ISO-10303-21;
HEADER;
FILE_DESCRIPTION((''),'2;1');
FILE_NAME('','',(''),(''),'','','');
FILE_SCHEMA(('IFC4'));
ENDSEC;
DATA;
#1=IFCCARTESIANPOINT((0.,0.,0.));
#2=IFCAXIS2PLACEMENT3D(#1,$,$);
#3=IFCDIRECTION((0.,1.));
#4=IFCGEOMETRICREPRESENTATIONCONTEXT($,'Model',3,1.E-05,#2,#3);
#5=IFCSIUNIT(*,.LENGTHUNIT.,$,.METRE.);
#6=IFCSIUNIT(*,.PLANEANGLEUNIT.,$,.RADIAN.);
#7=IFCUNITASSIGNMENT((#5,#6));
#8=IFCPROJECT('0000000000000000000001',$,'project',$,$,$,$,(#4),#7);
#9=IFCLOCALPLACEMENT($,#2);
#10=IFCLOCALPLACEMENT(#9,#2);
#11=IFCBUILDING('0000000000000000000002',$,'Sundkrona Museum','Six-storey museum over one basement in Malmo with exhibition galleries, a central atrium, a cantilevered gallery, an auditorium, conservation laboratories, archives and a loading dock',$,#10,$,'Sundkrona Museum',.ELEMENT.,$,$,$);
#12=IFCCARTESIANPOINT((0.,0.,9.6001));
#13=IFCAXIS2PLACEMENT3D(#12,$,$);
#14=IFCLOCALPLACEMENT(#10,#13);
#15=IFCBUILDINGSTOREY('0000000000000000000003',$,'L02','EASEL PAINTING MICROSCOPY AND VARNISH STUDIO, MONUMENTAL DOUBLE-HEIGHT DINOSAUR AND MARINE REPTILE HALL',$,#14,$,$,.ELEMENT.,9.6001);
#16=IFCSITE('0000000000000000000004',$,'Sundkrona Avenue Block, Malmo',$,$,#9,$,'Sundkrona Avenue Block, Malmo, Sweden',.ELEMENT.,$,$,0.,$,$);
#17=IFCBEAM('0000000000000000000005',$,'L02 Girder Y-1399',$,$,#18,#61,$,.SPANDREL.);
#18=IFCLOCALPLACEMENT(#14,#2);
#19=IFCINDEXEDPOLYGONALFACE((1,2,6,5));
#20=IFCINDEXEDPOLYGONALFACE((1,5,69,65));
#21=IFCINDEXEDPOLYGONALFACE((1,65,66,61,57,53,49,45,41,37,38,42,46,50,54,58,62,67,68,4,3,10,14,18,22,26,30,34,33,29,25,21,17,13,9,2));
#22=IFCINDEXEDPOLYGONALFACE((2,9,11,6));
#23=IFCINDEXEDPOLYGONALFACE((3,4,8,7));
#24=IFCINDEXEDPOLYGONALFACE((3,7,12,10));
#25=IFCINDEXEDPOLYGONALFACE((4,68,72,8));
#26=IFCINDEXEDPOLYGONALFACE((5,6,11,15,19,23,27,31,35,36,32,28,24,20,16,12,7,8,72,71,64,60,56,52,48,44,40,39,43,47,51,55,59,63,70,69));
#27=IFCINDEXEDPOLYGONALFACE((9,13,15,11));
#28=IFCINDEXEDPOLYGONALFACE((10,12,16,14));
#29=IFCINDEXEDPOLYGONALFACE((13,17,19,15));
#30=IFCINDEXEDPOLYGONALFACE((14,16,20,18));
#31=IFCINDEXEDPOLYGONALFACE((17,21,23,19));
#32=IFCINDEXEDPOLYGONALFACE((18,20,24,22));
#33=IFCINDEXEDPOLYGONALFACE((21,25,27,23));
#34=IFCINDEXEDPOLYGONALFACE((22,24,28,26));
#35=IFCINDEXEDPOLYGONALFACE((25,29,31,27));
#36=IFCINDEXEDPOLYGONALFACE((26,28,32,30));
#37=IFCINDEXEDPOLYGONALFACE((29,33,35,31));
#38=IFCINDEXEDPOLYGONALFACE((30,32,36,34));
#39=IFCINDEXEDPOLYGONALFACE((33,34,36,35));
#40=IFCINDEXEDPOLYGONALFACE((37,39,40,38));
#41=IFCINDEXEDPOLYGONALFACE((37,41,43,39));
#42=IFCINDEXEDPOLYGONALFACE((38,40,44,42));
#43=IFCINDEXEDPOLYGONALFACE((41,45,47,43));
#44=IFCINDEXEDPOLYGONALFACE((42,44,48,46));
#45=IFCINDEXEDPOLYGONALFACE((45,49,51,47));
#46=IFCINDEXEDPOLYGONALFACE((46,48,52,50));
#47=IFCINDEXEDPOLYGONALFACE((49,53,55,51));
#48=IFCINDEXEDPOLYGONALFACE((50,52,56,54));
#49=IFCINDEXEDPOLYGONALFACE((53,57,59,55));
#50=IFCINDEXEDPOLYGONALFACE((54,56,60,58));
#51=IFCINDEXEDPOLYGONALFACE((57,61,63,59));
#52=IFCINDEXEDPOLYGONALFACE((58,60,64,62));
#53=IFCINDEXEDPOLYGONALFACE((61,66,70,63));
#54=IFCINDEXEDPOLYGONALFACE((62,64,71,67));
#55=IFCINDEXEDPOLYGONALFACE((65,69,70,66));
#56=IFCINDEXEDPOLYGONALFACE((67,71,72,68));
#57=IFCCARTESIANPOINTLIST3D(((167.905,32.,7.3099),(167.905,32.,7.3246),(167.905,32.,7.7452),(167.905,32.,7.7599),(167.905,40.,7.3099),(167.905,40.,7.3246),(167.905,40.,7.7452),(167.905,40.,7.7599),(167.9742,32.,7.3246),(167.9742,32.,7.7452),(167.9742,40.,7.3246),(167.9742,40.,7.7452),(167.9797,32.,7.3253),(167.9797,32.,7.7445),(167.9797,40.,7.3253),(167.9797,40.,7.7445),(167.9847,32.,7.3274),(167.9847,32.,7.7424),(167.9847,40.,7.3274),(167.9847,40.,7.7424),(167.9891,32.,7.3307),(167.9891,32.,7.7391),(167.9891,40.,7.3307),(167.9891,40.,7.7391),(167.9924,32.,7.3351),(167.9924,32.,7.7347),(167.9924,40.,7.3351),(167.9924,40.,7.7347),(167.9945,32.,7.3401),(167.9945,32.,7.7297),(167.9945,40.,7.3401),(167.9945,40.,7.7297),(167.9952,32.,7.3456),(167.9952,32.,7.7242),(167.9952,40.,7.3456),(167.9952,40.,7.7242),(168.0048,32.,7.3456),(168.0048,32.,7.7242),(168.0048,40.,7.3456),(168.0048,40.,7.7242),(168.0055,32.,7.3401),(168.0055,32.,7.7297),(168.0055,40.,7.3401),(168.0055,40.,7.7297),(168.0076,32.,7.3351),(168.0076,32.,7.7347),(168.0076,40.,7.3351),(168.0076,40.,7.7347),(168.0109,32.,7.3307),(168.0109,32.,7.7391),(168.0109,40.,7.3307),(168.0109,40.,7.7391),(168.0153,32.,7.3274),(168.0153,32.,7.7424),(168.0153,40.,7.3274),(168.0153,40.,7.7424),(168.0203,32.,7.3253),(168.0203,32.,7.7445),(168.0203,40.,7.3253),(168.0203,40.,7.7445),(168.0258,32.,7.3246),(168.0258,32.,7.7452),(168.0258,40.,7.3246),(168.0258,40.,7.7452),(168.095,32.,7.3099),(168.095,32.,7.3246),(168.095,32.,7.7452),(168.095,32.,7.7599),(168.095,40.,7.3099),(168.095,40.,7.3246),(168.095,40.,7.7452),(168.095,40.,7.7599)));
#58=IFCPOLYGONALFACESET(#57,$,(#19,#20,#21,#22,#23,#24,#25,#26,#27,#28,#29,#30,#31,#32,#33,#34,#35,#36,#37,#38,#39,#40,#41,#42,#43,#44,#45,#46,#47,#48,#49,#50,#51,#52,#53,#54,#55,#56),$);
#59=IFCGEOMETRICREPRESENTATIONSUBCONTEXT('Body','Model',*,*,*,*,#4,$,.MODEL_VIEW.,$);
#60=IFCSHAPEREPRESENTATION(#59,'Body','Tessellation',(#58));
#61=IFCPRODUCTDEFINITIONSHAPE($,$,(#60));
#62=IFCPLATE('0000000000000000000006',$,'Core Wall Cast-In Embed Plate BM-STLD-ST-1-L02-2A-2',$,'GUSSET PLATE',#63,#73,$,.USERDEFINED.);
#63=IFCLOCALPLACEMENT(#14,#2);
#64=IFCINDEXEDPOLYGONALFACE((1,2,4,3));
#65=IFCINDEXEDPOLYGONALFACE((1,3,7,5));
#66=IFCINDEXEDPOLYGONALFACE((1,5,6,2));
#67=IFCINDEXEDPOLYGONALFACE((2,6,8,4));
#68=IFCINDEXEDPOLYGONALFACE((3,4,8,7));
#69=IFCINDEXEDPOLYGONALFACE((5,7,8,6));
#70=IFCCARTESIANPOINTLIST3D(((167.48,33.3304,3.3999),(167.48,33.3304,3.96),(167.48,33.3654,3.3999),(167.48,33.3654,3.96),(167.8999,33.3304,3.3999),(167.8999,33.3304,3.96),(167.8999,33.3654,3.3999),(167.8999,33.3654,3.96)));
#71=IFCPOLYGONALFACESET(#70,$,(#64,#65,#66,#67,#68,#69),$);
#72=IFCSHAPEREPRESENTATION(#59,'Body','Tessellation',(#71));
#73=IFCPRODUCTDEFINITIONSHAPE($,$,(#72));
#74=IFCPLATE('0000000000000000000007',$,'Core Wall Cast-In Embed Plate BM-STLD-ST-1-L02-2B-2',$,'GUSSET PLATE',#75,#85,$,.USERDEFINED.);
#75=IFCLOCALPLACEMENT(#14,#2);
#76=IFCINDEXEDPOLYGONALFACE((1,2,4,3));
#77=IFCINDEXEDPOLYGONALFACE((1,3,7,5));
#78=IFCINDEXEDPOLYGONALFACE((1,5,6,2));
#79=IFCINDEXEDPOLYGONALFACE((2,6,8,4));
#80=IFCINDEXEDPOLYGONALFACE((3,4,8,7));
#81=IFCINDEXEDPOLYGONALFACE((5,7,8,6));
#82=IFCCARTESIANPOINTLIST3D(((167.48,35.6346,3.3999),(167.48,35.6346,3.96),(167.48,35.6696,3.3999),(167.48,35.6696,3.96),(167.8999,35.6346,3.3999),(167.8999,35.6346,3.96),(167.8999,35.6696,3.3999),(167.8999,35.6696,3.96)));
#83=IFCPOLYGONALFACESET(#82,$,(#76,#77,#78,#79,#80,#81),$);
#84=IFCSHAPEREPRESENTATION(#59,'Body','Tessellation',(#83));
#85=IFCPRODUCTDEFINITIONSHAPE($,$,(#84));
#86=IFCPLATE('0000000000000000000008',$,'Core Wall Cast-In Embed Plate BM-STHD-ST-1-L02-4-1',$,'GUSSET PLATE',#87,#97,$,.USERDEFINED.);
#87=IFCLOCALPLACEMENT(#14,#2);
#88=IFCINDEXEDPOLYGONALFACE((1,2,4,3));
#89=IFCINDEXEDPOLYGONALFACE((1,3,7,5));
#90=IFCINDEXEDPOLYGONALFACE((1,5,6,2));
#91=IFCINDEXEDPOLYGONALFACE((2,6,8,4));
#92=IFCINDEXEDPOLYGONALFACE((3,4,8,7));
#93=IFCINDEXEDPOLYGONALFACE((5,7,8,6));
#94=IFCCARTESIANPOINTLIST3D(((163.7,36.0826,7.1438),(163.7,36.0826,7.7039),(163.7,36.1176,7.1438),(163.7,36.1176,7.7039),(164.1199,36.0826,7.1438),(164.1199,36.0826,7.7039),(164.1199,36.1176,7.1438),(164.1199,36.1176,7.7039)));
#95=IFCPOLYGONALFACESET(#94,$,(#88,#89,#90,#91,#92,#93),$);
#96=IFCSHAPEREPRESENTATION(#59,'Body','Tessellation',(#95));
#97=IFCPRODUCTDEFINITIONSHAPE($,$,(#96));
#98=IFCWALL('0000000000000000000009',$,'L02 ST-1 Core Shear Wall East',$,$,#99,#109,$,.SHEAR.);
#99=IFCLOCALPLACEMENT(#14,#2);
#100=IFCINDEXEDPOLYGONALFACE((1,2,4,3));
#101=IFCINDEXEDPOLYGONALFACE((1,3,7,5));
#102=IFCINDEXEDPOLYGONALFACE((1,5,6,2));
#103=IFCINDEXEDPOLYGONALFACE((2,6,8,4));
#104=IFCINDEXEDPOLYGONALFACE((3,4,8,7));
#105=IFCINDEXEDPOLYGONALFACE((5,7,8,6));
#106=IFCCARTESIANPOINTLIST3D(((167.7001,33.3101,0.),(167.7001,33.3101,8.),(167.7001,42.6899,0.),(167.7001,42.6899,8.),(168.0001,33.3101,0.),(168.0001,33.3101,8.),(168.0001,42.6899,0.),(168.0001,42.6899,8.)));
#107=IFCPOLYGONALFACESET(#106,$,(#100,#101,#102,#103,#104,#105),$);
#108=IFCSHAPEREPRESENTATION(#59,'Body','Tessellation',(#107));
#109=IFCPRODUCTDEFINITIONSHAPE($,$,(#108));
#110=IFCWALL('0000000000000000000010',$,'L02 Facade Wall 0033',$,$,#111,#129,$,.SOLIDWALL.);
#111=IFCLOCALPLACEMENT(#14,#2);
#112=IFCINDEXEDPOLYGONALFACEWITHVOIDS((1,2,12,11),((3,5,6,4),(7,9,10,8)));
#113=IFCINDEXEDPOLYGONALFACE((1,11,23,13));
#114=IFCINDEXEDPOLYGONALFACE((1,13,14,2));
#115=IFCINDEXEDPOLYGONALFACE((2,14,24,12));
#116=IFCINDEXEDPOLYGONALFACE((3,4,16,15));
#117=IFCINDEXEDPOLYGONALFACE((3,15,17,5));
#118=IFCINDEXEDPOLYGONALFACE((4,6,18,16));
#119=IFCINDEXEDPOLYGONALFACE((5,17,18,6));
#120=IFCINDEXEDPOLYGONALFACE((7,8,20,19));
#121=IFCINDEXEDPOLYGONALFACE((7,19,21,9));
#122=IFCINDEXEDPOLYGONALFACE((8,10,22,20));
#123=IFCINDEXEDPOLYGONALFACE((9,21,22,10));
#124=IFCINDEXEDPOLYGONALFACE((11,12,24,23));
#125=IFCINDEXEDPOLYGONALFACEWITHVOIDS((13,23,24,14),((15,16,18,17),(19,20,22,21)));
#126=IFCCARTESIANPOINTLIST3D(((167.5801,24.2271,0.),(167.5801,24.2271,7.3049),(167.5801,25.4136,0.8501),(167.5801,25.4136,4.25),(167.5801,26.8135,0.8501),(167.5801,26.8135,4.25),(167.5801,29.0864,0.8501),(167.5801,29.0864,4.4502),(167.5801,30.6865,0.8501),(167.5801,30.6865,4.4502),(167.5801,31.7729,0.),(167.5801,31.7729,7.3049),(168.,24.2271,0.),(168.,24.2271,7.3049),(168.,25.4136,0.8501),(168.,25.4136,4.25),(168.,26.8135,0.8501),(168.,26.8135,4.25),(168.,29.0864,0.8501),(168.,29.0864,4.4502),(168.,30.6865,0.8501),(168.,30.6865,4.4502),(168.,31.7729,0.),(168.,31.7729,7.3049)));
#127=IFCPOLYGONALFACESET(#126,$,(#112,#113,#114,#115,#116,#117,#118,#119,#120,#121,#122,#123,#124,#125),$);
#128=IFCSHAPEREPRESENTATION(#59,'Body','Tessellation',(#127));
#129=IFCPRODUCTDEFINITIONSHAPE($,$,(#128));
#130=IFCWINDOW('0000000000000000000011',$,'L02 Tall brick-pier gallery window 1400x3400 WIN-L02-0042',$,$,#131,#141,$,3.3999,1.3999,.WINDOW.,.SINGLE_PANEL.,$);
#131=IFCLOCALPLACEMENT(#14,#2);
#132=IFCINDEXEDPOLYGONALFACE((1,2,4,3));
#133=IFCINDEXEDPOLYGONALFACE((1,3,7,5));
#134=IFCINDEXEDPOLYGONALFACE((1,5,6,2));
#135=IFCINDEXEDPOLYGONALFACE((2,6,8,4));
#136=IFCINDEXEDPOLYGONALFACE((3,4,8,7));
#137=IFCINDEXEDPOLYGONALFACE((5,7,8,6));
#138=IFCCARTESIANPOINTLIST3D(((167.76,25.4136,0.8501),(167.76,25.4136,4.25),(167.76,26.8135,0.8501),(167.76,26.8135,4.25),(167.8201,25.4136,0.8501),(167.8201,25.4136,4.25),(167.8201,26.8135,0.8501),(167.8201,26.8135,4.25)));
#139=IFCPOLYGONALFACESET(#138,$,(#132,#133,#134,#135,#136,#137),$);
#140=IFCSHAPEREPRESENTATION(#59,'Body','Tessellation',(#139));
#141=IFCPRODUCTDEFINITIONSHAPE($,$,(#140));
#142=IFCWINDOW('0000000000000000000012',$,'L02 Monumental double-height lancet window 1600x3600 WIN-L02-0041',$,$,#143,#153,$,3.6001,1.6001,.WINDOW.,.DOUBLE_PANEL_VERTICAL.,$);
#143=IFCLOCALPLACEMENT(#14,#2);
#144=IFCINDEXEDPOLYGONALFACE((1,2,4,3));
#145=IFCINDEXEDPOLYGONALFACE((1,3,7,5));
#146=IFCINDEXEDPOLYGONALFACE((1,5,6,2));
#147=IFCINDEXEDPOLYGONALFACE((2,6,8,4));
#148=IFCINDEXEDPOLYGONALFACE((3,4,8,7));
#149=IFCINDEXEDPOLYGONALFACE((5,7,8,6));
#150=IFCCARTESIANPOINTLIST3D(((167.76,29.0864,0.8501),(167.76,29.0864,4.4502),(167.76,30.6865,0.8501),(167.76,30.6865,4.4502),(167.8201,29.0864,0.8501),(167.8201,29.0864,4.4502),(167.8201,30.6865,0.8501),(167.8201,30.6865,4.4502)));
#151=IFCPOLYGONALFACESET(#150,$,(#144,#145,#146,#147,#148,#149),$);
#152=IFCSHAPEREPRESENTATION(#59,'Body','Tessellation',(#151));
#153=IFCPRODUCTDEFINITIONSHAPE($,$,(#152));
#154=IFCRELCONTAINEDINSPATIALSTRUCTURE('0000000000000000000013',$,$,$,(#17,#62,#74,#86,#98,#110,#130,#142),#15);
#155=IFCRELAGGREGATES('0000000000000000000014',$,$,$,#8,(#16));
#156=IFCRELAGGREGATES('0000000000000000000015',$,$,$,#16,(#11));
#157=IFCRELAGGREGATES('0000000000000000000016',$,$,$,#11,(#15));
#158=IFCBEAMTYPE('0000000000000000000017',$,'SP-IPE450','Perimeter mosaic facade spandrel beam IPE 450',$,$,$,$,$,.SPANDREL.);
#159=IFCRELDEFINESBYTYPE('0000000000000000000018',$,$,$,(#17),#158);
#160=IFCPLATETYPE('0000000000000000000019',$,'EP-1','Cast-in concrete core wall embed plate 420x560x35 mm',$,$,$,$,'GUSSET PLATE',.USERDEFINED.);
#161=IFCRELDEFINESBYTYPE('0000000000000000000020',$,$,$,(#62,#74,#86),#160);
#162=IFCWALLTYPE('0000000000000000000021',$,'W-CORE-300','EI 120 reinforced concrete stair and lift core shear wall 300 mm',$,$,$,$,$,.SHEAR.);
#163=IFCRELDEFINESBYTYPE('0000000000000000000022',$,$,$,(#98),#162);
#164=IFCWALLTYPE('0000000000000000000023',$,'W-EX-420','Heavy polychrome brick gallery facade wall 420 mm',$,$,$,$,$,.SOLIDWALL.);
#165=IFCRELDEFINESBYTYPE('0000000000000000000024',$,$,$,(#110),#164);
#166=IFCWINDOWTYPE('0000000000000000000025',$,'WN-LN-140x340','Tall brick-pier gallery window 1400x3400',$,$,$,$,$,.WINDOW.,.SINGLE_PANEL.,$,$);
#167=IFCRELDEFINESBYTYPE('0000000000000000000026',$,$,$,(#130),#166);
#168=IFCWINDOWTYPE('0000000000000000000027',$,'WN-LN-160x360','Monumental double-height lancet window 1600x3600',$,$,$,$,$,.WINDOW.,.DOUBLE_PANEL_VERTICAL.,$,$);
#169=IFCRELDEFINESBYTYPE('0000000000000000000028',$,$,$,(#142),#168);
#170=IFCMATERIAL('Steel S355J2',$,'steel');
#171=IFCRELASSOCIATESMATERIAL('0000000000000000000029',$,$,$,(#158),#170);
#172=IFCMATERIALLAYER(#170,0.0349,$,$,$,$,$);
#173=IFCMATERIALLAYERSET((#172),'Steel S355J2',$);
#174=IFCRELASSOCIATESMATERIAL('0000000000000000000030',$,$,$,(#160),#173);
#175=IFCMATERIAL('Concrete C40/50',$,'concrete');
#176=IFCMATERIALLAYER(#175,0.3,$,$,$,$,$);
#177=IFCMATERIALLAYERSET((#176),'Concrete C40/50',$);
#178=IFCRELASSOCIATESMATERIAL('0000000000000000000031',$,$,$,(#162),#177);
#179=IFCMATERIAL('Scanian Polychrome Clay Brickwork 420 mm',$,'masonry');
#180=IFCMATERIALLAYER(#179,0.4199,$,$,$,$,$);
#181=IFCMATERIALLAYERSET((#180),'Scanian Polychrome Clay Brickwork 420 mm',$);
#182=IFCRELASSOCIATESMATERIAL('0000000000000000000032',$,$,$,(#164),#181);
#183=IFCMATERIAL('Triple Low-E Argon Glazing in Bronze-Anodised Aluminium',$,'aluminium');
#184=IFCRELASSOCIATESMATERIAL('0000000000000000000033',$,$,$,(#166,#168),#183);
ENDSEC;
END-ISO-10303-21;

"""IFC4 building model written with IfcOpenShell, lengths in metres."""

from ifc_helpers import new_model, si_unit, direction, frame, frame_2d, origin, origin_2d, place, context, subcontext, project, spatial, rectangle, i_section, extrude, material, layer, layer_set, material_profile, profile_set, type_object, element, fill, save


model = new_model("IFC4")

# Units and contexts
model_context = context("Model", 3, precision=1e-05, world=origin(), true_north=direction((0.0, 1.0)))
body_context = subcontext(model_context, "Body", "Model", "MODEL_VIEW")
ifc_project = project(units=[si_unit("LENGTHUNIT", "METRE"), si_unit("PLANEANGLEUNIT", "RADIAN")], contexts=[model_context])

# Site, building, storey
site_placement = place(None, origin())
site = spatial("IfcSite", under=ifc_project, at=site_placement, Name="Sundkrona Avenue Block, Malmo", LongName="Sundkrona Avenue Block, Malmo, Sweden", CompositionType="ELEMENT", RefElevation=0.0)
building_placement = place(site_placement, origin())
building = spatial("IfcBuilding", under=site, at=building_placement, Name="Sundkrona Museum", Description="Six-storey museum over one basement in Malmo with exhibition galleries, a central atrium, a cantilevered gallery, an auditorium, conservation laboratories, archives and a loading dock", LongName="Sundkrona Museum", CompositionType="ELEMENT")
storey_placement = place(building_placement, frame((0.0, 0.0, 9.6001)))
storey = spatial("IfcBuildingStorey", under=building, at=storey_placement, Name="L02", Description="EASEL PAINTING MICROSCOPY AND VARNISH STUDIO, MONUMENTAL DOUBLE-HEIGHT DINOSAUR AND MARINE REPTILE HALL", CompositionType="ELEMENT", Elevation=9.6001)

# Shared definitions
ifc_material_1 = material(Name="Steel S355J2", Category="steel")

# Beam
ifc_material_profile_1 = material_profile(ifc_material_1, i_section(OverallWidth=0.1899, OverallDepth=0.45, WebThickness=0.0095, FlangeThickness=0.0146, FilletRadius=0.021, at=origin_2d()), Name="IPE 450")
ifc_profile_set_1 = profile_set([ifc_material_profile_1], Name="Steel S355J2")
beam_type_1 = type_object("IfcBeamType", Name="SP-IPE450", Description="Perimeter mosaic facade spandrel beam IPE 450", PredefinedType="SPANDREL", material=ifc_profile_set_1)
beam_placement = place(storey_placement, frame((168.0, 32.0, 7.5349), z_axis=(0.0, 1.0, 0.0), x_axis=(-1.0, 0.0, 0.0)))
element("IfcBeam", 1, at=beam_placement, inside=storey, type_object=beam_type_1, Name="L02 Girder Y-1399", PredefinedType="SPANDREL", context=body_context, shape_type="SweptSolid", body=[
    extrude(i_section(OverallWidth=0.1899, OverallDepth=0.45, WebThickness=0.0095, FlangeThickness=0.0146, FilletRadius=0.021, at=origin_2d()), origin(), (0.0, 0.0, 1.0), 8.0),
])

# Plates
ifc_layer_1 = layer(ifc_material_1, 0.0349)
ifc_layer_set_1 = layer_set([ifc_layer_1], Name="Steel S355J2")
plate_type = type_object("IfcPlateType", Name="EP-1", Description="Cast-in concrete core wall embed plate 420x560x35 mm", ElementType="GUSSET PLATE", PredefinedType="USERDEFINED", material=ifc_layer_set_1)
for number, where, z_axis, x_axis, name in (
    (2, (167.6899, 33.3479, 3.3999), (0.0, 0.0, 1.0), (1.0, 0.0, 0.0), "Core Wall Cast-In Embed Plate BM-STLD-ST-1-L02-2A-2"),
    (3, (167.6899, 35.6521, 3.3999), (0.0, 0.0, 1.0), (1.0, 0.0, 0.0), "Core Wall Cast-In Embed Plate BM-STLD-ST-1-L02-2B-2"),
    (4, (163.9099, 36.1001, 7.1438), (0.0, 0.0, 1.0), (1.0, 0.0, 0.0), "Core Wall Cast-In Embed Plate BM-STHD-ST-1-L02-4-1"),
):
    element("IfcPlate", number, at=place(storey_placement, frame(where, z_axis=z_axis, x_axis=x_axis)), inside=storey, type_object=plate_type, Name=name, ObjectType="GUSSET PLATE", PredefinedType="USERDEFINED", context=body_context, shape_type="SweptSolid", body=[
        extrude(rectangle(XDim=0.4199, YDim=0.0349, at=origin_2d()), origin(), (0.0, 0.0, 1.0), 0.5601),
    ])

# Wall
ifc_material_2 = material(Name="Concrete C40/50", Category="concrete")
ifc_layer_2 = layer(ifc_material_2, 0.3)
ifc_layer_set_2 = layer_set([ifc_layer_2], Name="Concrete C40/50")
wall_type_1 = type_object("IfcWallType", Name="W-CORE-300", Description="EI 120 reinforced concrete stair and lift core shear wall 300 mm", PredefinedType="SHEAR", material=ifc_layer_set_2)
wall_1_placement = place(storey_placement, frame((167.8501, 33.3101, 0.0), z_axis=(0.0, 0.0, 1.0), x_axis=(0.0, 1.0, 0.0)))
element("IfcWall", 5, at=wall_1_placement, inside=storey, type_object=wall_type_1, Name="L02 ST-1 Core Shear Wall East", PredefinedType="SHEAR", context=body_context, shape_type="SweptSolid", body=[
    extrude(rectangle(XDim=9.3799, YDim=0.3, at=frame_2d((4.6899, 0.0))), origin(), (0.0, 0.0, 1.0), 8.0),
])

# Wall, openings, windows
ifc_material_3 = material(Name="Scanian Polychrome Clay Brickwork 420 mm", Category="masonry")
ifc_layer_3 = layer(ifc_material_3, 0.4199)
ifc_layer_set_3 = layer_set([ifc_layer_3], Name="Scanian Polychrome Clay Brickwork 420 mm")
wall_type_2 = type_object("IfcWallType", Name="W-EX-420", Description="Heavy polychrome brick gallery facade wall 420 mm", PredefinedType="SOLIDWALL", material=ifc_layer_set_3)
wall_2_placement = place(storey_placement, frame((167.79, 31.7729, 0.0), z_axis=(0.0, 0.0, 1.0), x_axis=(0.0, -1.0, 0.0)))
wall_2 = element("IfcWall", 6, at=wall_2_placement, inside=storey, type_object=wall_type_2, Name="L02 Facade Wall 0033", PredefinedType="SOLIDWALL", context=body_context, shape_type="SweptSolid", body=[
    extrude(rectangle(XDim=7.5459, YDim=0.4199, at=frame_2d((3.7729, 0.0))), origin(), (0.0, 0.0, 1.0), 7.3049),
])
opening_1_placement = place(wall_2_placement, frame((1.0864, 0.0, 0.8501)))
opening_1 = element("IfcOpeningElement", 7, at=opening_1_placement, cuts=wall_2, PredefinedType="OPENING", context=body_context, shape_type="SweptSolid", body=[
    extrude(rectangle(XDim=1.6001, YDim=3.6001, at=frame_2d((0.8, 1.8))), frame((0.0, 0.22, 0.0), z_axis=(0.0, -1.0, 0.0), x_axis=(1.0, 0.0, 0.0)), (0.0, 0.0, 1.0), 0.4399),
])
opening_2_placement = place(wall_2_placement, frame((4.9595, 0.0, 0.8501)))
opening_2 = element("IfcOpeningElement", 8, at=opening_2_placement, cuts=wall_2, PredefinedType="OPENING", context=body_context, shape_type="SweptSolid", body=[
    extrude(rectangle(XDim=1.3999, YDim=3.3999, at=frame_2d((0.7, 1.7))), frame((0.0, 0.22, 0.0), z_axis=(0.0, -1.0, 0.0), x_axis=(1.0, 0.0, 0.0)), (0.0, 0.0, 1.0), 0.4399),
])
ifc_material_4 = material(Name="Triple Low-E Argon Glazing in Bronze-Anodised Aluminium", Category="aluminium")
window_type_1 = type_object("IfcWindowType", Name="WN-LN-140x340", Description="Tall brick-pier gallery window 1400x3400", PartitioningType="SINGLE_PANEL", PredefinedType="WINDOW", material=ifc_material_4)
window_1_placement = place(opening_2_placement, origin())
window_1 = element("IfcWindow", 9, at=window_1_placement, inside=storey, type_object=window_type_1, Name="L02 Tall brick-pier gallery window 1400x3400 WIN-L02-0042", OverallHeight=3.3999, OverallWidth=1.3999, PartitioningType="SINGLE_PANEL", PredefinedType="WINDOW", context=body_context, shape_type="SweptSolid", body=[
    extrude(rectangle(XDim=1.3999, YDim=3.3999, at=frame_2d((0.7, 1.7))), frame((0.0, 0.03, 0.0), z_axis=(0.0, -1.0, 0.0), x_axis=(1.0, 0.0, 0.0)), (0.0, 0.0, 1.0), 0.0601),
])
fill(opening_2, window_1)
window_type_2 = type_object("IfcWindowType", Name="WN-LN-160x360", Description="Monumental double-height lancet window 1600x3600", PartitioningType="DOUBLE_PANEL_VERTICAL", PredefinedType="WINDOW", material=ifc_material_4)
window_2_placement = place(opening_1_placement, origin())
window_2 = element("IfcWindow", 10, at=window_2_placement, inside=storey, type_object=window_type_2, Name="L02 Monumental double-height lancet window 1600x3600 WIN-L02-0041", OverallHeight=3.6001, OverallWidth=1.6001, PartitioningType="DOUBLE_PANEL_VERTICAL", PredefinedType="WINDOW", context=body_context, shape_type="SweptSolid", body=[
    extrude(rectangle(XDim=1.6001, YDim=3.6001, at=frame_2d((0.8, 1.8))), frame((0.0, 0.03, 0.0), z_axis=(0.0, -1.0, 0.0), x_axis=(1.0, 0.0, 0.0)), (0.0, 0.0, 1.0), 0.0601),
])
fill(opening_1, window_2)

save(model, "model.ifc")
